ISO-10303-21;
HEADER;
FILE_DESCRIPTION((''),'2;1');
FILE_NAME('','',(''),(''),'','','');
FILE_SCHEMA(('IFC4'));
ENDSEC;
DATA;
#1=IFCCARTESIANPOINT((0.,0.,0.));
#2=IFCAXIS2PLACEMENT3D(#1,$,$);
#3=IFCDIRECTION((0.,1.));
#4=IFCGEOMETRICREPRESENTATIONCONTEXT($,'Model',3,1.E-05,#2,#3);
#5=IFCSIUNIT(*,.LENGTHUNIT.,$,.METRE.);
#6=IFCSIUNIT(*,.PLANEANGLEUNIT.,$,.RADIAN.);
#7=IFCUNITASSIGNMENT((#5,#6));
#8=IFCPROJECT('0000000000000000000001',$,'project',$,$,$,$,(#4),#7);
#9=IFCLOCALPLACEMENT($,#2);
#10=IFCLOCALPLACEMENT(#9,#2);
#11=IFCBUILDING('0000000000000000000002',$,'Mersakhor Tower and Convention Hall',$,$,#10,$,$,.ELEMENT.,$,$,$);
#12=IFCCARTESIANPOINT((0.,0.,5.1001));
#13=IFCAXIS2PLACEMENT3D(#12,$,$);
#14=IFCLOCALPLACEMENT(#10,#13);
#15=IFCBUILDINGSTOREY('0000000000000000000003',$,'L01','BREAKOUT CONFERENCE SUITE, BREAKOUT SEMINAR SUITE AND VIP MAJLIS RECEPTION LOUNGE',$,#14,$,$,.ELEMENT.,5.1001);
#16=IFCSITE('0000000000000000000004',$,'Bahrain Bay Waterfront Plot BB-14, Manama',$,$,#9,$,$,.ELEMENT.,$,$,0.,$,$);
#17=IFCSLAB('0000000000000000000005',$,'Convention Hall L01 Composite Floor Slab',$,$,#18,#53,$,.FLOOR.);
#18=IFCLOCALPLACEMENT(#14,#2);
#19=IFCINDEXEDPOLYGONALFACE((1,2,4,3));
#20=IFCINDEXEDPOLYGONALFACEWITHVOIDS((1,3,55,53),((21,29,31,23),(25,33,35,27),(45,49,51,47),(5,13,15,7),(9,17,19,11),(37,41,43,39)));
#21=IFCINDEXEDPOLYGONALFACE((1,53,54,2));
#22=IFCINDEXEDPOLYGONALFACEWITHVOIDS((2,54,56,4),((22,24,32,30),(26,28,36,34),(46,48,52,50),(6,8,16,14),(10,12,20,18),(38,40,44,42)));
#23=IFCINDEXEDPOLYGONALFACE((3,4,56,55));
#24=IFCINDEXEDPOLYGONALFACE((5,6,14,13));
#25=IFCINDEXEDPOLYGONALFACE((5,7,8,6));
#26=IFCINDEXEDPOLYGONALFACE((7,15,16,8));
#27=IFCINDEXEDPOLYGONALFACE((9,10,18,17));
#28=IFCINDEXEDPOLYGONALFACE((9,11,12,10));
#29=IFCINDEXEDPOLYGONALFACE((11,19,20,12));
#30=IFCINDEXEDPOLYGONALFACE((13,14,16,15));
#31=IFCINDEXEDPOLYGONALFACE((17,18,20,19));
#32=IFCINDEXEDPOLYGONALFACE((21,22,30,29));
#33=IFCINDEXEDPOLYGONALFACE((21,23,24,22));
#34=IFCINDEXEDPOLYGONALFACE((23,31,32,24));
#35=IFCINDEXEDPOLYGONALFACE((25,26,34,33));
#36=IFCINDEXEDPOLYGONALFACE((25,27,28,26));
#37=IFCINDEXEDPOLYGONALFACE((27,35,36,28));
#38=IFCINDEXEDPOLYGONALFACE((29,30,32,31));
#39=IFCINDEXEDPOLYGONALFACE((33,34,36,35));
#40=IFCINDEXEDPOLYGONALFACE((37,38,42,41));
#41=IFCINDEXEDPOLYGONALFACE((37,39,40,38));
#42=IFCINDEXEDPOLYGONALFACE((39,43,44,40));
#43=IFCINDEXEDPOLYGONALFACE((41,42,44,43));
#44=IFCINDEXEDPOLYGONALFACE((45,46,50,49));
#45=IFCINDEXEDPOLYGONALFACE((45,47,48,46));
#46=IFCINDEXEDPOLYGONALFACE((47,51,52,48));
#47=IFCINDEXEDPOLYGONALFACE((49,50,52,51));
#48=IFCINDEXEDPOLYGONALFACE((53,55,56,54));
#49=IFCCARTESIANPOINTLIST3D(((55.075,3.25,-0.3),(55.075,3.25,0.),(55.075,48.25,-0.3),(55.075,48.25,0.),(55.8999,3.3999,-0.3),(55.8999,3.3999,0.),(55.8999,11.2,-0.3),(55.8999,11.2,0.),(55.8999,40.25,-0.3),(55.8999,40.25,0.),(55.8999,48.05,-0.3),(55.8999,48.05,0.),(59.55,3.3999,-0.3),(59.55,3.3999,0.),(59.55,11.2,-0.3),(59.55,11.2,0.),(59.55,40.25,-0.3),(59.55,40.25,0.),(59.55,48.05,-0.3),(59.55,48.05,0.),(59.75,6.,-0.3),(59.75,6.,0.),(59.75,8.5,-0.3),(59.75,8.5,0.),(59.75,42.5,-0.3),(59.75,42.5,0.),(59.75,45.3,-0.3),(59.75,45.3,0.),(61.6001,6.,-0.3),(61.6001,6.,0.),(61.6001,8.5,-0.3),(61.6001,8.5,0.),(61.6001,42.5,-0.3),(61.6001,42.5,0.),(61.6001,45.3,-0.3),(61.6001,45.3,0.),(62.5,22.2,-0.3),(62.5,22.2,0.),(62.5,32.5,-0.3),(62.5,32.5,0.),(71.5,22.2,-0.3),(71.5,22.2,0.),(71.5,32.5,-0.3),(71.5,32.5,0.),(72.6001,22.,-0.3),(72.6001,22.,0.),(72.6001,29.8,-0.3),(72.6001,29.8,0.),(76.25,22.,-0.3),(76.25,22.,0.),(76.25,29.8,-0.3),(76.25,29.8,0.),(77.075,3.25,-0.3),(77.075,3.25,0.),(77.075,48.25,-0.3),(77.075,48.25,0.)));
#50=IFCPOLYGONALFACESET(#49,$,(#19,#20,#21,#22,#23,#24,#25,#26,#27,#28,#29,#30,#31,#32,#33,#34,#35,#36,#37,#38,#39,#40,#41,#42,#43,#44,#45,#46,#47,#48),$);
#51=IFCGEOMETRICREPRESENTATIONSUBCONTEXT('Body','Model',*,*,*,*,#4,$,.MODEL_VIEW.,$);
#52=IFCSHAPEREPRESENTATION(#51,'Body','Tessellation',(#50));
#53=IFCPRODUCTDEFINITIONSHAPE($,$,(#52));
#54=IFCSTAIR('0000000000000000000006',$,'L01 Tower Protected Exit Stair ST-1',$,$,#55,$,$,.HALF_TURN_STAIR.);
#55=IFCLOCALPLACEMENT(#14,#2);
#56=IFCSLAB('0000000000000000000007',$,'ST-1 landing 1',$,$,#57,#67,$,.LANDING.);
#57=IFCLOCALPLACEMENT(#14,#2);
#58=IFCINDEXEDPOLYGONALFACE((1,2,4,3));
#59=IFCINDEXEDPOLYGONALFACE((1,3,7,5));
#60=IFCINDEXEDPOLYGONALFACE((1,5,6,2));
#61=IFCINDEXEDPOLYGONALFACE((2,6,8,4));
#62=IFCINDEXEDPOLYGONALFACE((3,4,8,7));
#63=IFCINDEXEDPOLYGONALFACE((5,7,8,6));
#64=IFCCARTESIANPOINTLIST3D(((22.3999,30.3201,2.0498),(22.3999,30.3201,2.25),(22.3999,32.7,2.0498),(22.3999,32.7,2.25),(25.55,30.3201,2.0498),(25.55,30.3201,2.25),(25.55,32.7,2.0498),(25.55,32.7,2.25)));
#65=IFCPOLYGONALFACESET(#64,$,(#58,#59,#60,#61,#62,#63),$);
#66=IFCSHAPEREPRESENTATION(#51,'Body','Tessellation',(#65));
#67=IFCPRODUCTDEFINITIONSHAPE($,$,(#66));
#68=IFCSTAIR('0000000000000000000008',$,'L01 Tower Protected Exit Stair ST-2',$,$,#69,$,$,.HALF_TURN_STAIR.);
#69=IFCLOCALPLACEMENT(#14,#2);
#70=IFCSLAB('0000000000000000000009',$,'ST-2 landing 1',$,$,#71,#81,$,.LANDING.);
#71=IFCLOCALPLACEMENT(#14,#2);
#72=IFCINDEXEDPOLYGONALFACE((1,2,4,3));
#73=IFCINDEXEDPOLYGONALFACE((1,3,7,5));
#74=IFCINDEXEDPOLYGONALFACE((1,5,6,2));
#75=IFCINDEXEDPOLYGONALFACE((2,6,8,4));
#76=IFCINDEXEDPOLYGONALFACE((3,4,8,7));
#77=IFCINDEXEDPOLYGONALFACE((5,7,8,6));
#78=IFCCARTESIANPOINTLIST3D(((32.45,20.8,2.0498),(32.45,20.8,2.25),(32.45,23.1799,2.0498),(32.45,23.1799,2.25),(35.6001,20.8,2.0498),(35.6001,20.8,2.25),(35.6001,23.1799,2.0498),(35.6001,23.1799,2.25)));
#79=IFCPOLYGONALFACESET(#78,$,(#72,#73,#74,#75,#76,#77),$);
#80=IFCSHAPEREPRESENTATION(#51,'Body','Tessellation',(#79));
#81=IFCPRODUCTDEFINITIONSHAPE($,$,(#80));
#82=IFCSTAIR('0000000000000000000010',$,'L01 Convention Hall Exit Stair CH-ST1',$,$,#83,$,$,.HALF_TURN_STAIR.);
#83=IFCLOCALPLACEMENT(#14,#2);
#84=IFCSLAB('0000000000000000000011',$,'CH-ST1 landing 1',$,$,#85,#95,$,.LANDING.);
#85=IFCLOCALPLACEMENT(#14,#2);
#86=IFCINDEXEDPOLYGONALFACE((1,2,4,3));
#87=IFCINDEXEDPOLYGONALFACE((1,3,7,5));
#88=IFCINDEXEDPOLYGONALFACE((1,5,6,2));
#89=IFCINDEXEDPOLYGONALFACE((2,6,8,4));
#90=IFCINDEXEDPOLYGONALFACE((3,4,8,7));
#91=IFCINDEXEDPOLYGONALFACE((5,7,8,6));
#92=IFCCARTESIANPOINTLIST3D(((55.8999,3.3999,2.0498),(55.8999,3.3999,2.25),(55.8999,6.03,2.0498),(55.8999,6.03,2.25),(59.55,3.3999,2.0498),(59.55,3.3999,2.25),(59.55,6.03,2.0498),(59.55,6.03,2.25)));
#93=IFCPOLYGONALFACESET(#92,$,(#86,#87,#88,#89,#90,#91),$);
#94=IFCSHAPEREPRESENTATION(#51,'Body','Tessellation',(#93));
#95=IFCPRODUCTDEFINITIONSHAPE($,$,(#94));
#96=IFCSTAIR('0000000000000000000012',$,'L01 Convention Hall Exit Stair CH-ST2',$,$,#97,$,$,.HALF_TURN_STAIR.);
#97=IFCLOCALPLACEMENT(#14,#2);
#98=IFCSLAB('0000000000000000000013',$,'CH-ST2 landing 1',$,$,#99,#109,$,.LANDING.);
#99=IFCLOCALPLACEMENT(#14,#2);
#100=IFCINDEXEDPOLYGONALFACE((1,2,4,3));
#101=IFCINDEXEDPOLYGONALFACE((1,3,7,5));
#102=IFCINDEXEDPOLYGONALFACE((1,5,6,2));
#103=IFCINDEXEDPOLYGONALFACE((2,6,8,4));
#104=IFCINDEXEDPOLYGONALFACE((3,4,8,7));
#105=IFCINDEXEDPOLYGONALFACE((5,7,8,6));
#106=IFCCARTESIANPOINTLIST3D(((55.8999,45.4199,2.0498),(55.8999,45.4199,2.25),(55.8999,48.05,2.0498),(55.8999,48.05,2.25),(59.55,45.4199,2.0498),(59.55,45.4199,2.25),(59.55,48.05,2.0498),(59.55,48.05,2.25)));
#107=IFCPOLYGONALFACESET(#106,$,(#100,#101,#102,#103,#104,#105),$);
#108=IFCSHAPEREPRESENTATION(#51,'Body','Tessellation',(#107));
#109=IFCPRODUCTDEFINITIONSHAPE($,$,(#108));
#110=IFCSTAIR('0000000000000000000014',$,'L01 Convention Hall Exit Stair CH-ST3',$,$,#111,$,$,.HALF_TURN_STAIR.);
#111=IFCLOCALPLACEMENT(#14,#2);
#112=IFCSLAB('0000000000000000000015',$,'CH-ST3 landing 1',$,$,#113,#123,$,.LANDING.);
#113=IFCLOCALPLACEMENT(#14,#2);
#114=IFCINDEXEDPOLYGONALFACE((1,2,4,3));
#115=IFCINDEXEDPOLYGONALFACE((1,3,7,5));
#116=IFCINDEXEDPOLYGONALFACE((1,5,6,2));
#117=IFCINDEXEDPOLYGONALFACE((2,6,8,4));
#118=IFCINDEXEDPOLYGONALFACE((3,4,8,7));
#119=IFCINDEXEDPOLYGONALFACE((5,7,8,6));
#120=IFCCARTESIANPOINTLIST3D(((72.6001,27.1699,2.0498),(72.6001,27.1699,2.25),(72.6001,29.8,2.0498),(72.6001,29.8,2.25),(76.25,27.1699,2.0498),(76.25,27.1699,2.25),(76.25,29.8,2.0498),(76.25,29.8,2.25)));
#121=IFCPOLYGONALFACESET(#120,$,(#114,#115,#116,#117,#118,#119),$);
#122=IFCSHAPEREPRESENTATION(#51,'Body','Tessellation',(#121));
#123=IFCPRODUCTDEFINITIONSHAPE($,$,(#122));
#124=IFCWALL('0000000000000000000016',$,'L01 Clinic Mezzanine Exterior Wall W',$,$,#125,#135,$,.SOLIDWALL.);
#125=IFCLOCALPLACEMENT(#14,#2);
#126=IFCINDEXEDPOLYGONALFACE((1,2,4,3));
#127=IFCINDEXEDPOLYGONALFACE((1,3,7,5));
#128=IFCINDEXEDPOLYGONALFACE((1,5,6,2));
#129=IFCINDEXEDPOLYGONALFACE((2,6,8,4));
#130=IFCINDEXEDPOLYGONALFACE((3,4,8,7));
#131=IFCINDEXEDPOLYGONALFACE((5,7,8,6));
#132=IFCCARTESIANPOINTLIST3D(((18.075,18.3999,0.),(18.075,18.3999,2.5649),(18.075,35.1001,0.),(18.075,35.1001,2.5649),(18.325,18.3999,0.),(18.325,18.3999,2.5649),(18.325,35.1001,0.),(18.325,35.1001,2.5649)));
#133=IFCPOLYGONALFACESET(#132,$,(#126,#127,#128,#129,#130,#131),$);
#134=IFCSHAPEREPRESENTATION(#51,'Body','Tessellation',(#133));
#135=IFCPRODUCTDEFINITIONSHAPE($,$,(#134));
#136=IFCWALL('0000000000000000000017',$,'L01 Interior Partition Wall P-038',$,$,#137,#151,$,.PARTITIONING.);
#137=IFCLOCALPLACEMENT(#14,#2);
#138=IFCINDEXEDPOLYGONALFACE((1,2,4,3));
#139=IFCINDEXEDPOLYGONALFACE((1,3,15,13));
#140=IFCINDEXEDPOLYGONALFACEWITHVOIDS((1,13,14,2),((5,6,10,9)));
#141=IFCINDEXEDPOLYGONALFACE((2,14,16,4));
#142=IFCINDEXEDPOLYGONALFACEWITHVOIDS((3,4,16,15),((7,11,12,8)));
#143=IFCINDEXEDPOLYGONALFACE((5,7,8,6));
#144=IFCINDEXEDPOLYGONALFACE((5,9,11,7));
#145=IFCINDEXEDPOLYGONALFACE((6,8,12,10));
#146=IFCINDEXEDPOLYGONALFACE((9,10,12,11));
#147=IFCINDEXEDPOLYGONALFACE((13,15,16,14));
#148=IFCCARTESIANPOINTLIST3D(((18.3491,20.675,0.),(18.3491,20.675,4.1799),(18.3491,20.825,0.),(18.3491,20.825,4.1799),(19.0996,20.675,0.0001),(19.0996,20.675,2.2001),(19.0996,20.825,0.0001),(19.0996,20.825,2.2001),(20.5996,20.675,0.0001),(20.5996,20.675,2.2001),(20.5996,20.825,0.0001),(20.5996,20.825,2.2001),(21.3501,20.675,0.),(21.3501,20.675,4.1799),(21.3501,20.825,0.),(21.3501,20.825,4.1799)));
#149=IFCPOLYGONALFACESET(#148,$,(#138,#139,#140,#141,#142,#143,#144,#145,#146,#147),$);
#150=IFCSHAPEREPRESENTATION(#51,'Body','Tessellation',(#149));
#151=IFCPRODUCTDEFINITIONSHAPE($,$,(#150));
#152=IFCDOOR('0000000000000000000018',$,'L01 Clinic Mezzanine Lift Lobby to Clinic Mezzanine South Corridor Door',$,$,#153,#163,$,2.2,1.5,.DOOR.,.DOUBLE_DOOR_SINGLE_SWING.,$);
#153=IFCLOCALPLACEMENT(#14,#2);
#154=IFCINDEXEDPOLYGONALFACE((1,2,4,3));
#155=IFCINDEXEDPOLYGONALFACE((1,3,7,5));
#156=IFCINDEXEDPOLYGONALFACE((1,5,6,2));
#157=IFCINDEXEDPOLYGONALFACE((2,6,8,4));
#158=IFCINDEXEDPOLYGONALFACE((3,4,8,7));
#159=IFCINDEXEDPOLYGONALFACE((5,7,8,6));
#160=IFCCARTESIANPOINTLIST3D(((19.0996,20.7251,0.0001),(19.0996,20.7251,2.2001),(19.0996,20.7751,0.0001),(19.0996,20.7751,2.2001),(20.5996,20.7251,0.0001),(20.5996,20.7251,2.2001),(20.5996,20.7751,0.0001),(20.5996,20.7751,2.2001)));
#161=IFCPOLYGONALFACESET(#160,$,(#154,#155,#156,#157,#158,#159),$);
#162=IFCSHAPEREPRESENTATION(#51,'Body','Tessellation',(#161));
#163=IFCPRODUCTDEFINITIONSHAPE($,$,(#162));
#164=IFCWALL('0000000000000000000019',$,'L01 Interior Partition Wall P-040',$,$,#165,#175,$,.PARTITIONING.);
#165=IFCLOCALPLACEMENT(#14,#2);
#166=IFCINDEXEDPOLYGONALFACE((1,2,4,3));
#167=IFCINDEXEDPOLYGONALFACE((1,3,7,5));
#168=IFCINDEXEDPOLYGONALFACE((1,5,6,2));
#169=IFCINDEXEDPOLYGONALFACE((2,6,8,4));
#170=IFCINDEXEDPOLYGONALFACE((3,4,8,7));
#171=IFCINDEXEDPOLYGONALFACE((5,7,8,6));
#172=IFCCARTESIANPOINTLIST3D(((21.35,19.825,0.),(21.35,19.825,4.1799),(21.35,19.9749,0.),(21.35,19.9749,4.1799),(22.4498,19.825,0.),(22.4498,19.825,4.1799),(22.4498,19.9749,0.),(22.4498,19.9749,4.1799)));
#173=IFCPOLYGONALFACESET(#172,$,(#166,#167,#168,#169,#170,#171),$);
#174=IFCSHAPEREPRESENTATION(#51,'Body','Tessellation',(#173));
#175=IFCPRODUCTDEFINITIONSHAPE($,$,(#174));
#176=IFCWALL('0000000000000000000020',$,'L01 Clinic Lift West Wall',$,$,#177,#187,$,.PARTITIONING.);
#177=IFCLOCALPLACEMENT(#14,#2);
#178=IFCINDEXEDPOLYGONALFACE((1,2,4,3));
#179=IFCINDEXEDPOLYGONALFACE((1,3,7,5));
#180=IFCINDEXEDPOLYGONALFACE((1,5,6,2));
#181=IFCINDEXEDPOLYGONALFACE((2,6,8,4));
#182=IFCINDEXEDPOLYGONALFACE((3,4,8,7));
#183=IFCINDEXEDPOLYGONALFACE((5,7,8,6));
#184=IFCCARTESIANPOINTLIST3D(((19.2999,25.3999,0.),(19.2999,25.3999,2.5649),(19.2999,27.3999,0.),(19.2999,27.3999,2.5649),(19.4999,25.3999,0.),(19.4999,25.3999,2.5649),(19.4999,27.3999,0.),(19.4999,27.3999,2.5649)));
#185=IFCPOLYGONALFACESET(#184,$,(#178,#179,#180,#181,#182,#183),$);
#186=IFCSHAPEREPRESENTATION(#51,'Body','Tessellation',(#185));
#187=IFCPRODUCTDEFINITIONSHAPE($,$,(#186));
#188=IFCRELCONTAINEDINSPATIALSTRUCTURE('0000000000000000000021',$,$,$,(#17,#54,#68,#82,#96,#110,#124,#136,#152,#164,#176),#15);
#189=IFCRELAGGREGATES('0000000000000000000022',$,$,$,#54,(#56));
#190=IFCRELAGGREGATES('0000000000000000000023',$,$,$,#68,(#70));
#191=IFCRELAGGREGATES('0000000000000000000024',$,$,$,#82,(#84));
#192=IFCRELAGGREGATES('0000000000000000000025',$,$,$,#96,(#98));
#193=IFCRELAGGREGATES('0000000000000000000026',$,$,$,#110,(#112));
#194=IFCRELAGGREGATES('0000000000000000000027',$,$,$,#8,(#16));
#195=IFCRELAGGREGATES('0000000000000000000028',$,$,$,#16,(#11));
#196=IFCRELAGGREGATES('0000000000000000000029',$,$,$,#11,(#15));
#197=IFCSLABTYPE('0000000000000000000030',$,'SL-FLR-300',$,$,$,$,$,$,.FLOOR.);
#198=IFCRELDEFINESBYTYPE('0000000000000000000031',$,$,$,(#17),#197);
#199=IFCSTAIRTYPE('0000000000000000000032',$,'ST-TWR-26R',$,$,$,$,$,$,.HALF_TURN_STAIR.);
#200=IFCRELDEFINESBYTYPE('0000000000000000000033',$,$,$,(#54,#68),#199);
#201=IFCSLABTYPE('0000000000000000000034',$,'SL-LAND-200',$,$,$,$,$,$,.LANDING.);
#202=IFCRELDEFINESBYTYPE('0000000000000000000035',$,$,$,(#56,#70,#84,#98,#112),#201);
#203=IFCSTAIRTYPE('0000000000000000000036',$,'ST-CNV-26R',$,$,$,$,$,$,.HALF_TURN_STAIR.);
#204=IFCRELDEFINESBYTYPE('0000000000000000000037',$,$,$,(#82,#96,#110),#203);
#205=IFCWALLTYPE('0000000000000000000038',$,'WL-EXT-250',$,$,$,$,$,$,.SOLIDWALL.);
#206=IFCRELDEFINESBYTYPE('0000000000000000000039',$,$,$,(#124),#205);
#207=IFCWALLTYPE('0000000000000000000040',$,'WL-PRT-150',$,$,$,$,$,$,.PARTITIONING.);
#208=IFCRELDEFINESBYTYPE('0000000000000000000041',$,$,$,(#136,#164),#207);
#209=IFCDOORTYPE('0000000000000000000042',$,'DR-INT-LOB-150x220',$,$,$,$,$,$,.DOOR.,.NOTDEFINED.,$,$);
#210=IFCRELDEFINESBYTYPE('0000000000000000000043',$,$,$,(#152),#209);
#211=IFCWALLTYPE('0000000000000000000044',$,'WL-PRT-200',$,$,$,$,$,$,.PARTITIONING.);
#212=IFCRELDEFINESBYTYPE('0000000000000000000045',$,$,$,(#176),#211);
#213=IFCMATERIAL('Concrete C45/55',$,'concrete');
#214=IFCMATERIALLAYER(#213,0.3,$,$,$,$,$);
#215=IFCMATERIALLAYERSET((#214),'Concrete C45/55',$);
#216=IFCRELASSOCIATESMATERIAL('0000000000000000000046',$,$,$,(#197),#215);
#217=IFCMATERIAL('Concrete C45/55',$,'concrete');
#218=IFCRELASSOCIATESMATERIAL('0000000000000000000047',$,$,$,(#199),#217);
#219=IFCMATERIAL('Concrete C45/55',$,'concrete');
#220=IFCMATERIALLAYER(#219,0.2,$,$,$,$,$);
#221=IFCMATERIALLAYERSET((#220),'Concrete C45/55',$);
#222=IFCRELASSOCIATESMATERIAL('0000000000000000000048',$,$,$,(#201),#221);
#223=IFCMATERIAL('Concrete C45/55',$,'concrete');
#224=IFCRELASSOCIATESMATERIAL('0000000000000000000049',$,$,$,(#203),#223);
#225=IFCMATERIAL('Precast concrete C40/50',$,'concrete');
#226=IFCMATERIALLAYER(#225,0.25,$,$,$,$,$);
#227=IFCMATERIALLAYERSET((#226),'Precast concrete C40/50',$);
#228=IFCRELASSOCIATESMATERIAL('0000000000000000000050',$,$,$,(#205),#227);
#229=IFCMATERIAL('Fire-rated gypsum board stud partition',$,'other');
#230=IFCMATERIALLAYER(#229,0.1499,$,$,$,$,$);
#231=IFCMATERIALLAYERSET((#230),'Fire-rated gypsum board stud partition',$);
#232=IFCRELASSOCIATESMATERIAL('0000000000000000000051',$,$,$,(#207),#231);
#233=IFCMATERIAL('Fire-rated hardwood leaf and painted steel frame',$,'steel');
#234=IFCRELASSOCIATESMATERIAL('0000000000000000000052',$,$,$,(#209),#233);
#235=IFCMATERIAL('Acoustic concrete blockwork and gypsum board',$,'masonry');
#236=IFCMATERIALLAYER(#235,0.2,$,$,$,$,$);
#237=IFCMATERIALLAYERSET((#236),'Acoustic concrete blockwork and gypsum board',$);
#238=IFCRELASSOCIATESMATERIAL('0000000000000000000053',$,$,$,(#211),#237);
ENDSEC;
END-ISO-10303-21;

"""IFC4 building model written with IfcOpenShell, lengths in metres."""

from ifc_helpers import new_model, si_unit, direction, frame, frame_2d, origin, place, context, subcontext, project, spatial, polyline, rectangle, outline, extrude, material, layer, layer_set, type_object, element, fill, aggregate, save


model = new_model("IFC4")

# Units and contexts
model_context = context("Model", 3, precision=1e-05, world=origin(), true_north=direction((0.0, 1.0)))
body_context = subcontext(model_context, "Body", "Model", "MODEL_VIEW")
ifc_project = project(units=[si_unit("LENGTHUNIT", "METRE"), si_unit("PLANEANGLEUNIT", "RADIAN")], contexts=[model_context])

# Site, building, storey
site_placement = place(None, origin())
site = spatial("IfcSite", under=ifc_project, at=site_placement, Name="Bahrain Bay Waterfront Plot BB-14, Manama", CompositionType="ELEMENT", RefElevation=0.0)
building_placement = place(site_placement, origin())
building = spatial("IfcBuilding", under=site, at=building_placement, Name="Mersakhor Tower and Convention Hall", CompositionType="ELEMENT")
storey_placement = place(building_placement, frame((0.0, 0.0, 5.1001)))
storey = spatial("IfcBuildingStorey", under=building, at=storey_placement, Name="L01", Description="BREAKOUT CONFERENCE SUITE, BREAKOUT SEMINAR SUITE AND VIP MAJLIS RECEPTION LOUNGE", CompositionType="ELEMENT", Elevation=5.1001)

# Slab
ifc_material_1 = material(Name="Concrete C45/55", Category="concrete")
ifc_layer_1 = layer(ifc_material_1, 0.3)
ifc_layer_set_1 = layer_set([ifc_layer_1], Name="Concrete C45/55")
slab_type_1 = type_object("IfcSlabType", Name="SL-FLR-300", PredefinedType="FLOOR", material=ifc_layer_set_1)
slab_1_placement = place(storey_placement, frame((0.0, 0.0, -0.3)))
element("IfcSlab", 1, at=slab_1_placement, inside=storey, type_object=slab_type_1, Name="Convention Hall L01 Composite Floor Slab", PredefinedType="FLOOR", context=body_context, shape_type="SweptSolid", body=[
    extrude(outline(polyline([(55.075, 3.25), (55.075, 48.25), (77.075, 48.25), (77.075, 3.25), (55.075, 3.25)]), holes=[polyline([(55.8999, 11.2), (55.8999, 3.3999), (59.55, 3.3999), (59.55, 11.2), (55.8999, 11.2)]), polyline([(59.55, 40.25), (59.55, 48.05), (55.8999, 48.05), (55.8999, 40.25), (59.55, 40.25)]), polyline([(76.25, 22.0), (76.25, 29.8), (72.6001, 29.8), (72.6001, 22.0), (76.25, 22.0)]), polyline([(62.5, 22.2), (62.5, 32.5), (71.5, 32.5), (71.5, 22.2), (62.5, 22.2)]), polyline([(59.75, 6.0), (59.75, 8.5), (61.6001, 8.5), (61.6001, 6.0), (59.75, 6.0)]), polyline([(59.75, 42.5), (59.75, 45.3), (61.6001, 45.3), (61.6001, 42.5), (59.75, 42.5)])]), origin(), (0.0, 0.0, 1.0), 0.3),
])

# Stairs, slabs
ifc_material_2 = material(Name="Concrete C45/55", Category="concrete")
stair_type_1 = type_object("IfcStairType", Name="ST-TWR-26R", PredefinedType="HALF_TURN_STAIR", material=ifc_material_2)
stair_1_placement = place(storey_placement, origin())
stair_1 = element("IfcStair", 2, at=stair_1_placement, inside=storey, type_object=stair_type_1, Name="L01 Tower Protected Exit Stair ST-1", PredefinedType="HALF_TURN_STAIR")
ifc_material_3 = material(Name="Concrete C45/55", Category="concrete")
ifc_layer_2 = layer(ifc_material_3, 0.2)
ifc_layer_set_2 = layer_set([ifc_layer_2], Name="Concrete C45/55")
slab_type_2 = type_object("IfcSlabType", Name="SL-LAND-200", PredefinedType="LANDING", material=ifc_layer_set_2)
slab_2_placement = place(storey_placement, frame((0.0, 0.0, 2.0498)))
slab_2 = element("IfcSlab", 3, at=slab_2_placement, type_object=slab_type_2, Name="ST-1 landing 1", PredefinedType="LANDING", context=body_context, shape_type="SweptSolid", body=[
    extrude(outline(polyline([(25.55, 30.3201), (25.55, 32.7), (22.3999, 32.7), (22.3999, 30.3201), (25.55, 30.3201)])), origin(), (0.0, 0.0, 1.0), 0.2002),
])
aggregate(stair_1, [slab_2])
stair_2_placement = place(storey_placement, origin())
stair_2 = element("IfcStair", 4, at=stair_2_placement, inside=storey, type_object=stair_type_1, Name="L01 Tower Protected Exit Stair ST-2", PredefinedType="HALF_TURN_STAIR")
slab_3_placement = place(storey_placement, frame((0.0, 0.0, 2.0498)))
slab_3 = element("IfcSlab", 5, at=slab_3_placement, type_object=slab_type_2, Name="ST-2 landing 1", PredefinedType="LANDING", context=body_context, shape_type="SweptSolid", body=[
    extrude(outline(polyline([(32.45, 23.1799), (32.45, 20.8), (35.6001, 20.8), (35.6001, 23.1799), (32.45, 23.1799)])), origin(), (0.0, 0.0, 1.0), 0.2002),
])
aggregate(stair_2, [slab_3])
ifc_material_4 = material(Name="Concrete C45/55", Category="concrete")
stair_type_2 = type_object("IfcStairType", Name="ST-CNV-26R", PredefinedType="HALF_TURN_STAIR", material=ifc_material_4)
stair_3_placement = place(storey_placement, origin())
stair_3 = element("IfcStair", 6, at=stair_3_placement, inside=storey, type_object=stair_type_2, Name="L01 Convention Hall Exit Stair CH-ST1", PredefinedType="HALF_TURN_STAIR")
slab_4_placement = place(storey_placement, frame((0.0, 0.0, 2.0498)))
slab_4 = element("IfcSlab", 7, at=slab_4_placement, type_object=slab_type_2, Name="CH-ST1 landing 1", PredefinedType="LANDING", context=body_context, shape_type="SweptSolid", body=[
    extrude(outline(polyline([(55.8999, 6.03), (55.8999, 3.3999), (59.55, 3.3999), (59.55, 6.03), (55.8999, 6.03)])), origin(), (0.0, 0.0, 1.0), 0.2002),
])
aggregate(stair_3, [slab_4])
stair_4_placement = place(storey_placement, origin())
stair_4 = element("IfcStair", 8, at=stair_4_placement, inside=storey, type_object=stair_type_2, Name="L01 Convention Hall Exit Stair CH-ST2", PredefinedType="HALF_TURN_STAIR")
slab_5_placement = place(storey_placement, frame((0.0, 0.0, 2.0498)))
slab_5 = element("IfcSlab", 9, at=slab_5_placement, type_object=slab_type_2, Name="CH-ST2 landing 1", PredefinedType="LANDING", context=body_context, shape_type="SweptSolid", body=[
    extrude(outline(polyline([(59.55, 45.4199), (59.55, 48.05), (55.8999, 48.05), (55.8999, 45.4199), (59.55, 45.4199)])), origin(), (0.0, 0.0, 1.0), 0.2002),
])
aggregate(stair_4, [slab_5])
stair_5_placement = place(storey_placement, origin())
stair_5 = element("IfcStair", 10, at=stair_5_placement, inside=storey, type_object=stair_type_2, Name="L01 Convention Hall Exit Stair CH-ST3", PredefinedType="HALF_TURN_STAIR")
slab_6_placement = place(storey_placement, frame((0.0, 0.0, 2.0498)))
slab_6 = element("IfcSlab", 11, at=slab_6_placement, type_object=slab_type_2, Name="CH-ST3 landing 1", PredefinedType="LANDING", context=body_context, shape_type="SweptSolid", body=[
    extrude(outline(polyline([(76.25, 27.1699), (76.25, 29.8), (72.6001, 29.8), (72.6001, 27.1699), (76.25, 27.1699)])), origin(), (0.0, 0.0, 1.0), 0.2002),
])
aggregate(stair_5, [slab_6])

# Wall
ifc_material_5 = material(Name="Precast concrete C40/50", Category="concrete")
ifc_layer_3 = layer(ifc_material_5, 0.25)
ifc_layer_set_3 = layer_set([ifc_layer_3], Name="Precast concrete C40/50")
wall_type_1 = type_object("IfcWallType", Name="WL-EXT-250", PredefinedType="SOLIDWALL", material=ifc_layer_set_3)
wall_1_placement = place(storey_placement, frame((18.2, 18.3999, 0.0), z_axis=(0.0, 0.0, 1.0), x_axis=(0.0, 1.0, 0.0)))
element("IfcWall", 12, at=wall_1_placement, inside=storey, type_object=wall_type_1, Name="L01 Clinic Mezzanine Exterior Wall W", PredefinedType="SOLIDWALL", context=body_context, shape_type="SweptSolid", body=[
    extrude(rectangle(XDim=16.7002, YDim=0.25, at=frame_2d((8.3501, 0.0))), origin(), (0.0, 0.0, 1.0), 2.5649),
])

# Wall, opening, door
ifc_material_6 = material(Name="Fire-rated gypsum board stud partition", Category="other")
ifc_layer_4 = layer(ifc_material_6, 0.1499)
ifc_layer_set_4 = layer_set([ifc_layer_4], Name="Fire-rated gypsum board stud partition")
wall_type_2 = type_object("IfcWallType", Name="WL-PRT-150", PredefinedType="PARTITIONING", material=ifc_layer_set_4)
wall_2_placement = place(storey_placement, frame((21.3501, 20.75, 0.0), z_axis=(0.0, 0.0, 1.0), x_axis=(-1.0, 0.0, 0.0)))
wall_2 = element("IfcWall", 13, at=wall_2_placement, inside=storey, type_object=wall_type_2, Name="L01 Interior Partition Wall P-038", PredefinedType="PARTITIONING", context=body_context, shape_type="SweptSolid", body=[
    extrude(rectangle(XDim=3.001, YDim=0.1499, at=frame_2d((1.5005, 0.0))), origin(), (0.0, 0.0, 1.0), 4.1799),
])
opening_placement = place(wall_2_placement, frame((0.7505, 0.0, 0.0)))
opening = element("IfcOpeningElement", 14, at=opening_placement, cuts=wall_2, PredefinedType="OPENING", context=body_context, shape_type="SweptSolid", body=[
    extrude(rectangle(XDim=1.5, YDim=2.2, at=frame_2d((0.75, 1.1001))), frame((0.0, 0.085, 0.0), z_axis=(0.0, -1.0, 0.0), x_axis=(1.0, 0.0, 0.0)), (0.0, 0.0, 1.0), 0.1699),
])
ifc_material_7 = material(Name="Fire-rated hardwood leaf and painted steel frame", Category="steel")
door_type = type_object("IfcDoorType", Name="DR-INT-LOB-150x220", OperationType="NOTDEFINED", PredefinedType="DOOR", material=ifc_material_7)
door_placement = place(opening_placement, origin())
door = element("IfcDoor", 15, at=door_placement, inside=storey, type_object=door_type, Name="L01 Clinic Mezzanine Lift Lobby to Clinic Mezzanine South Corridor Door", OperationType="DOUBLE_DOOR_SINGLE_SWING", OverallHeight=2.2, OverallWidth=1.5, PredefinedType="DOOR", context=body_context, shape_type="SweptSolid", body=[
    extrude(rectangle(XDim=1.5, YDim=2.2, at=frame_2d((0.75, 1.1001))), frame((0.0, 0.0249, 0.0), z_axis=(0.0, -1.0, 0.0), x_axis=(1.0, 0.0, 0.0)), (0.0, 0.0, 1.0), 0.05),
])
fill(opening, door)

# Walls
wall_3_placement = place(storey_placement, frame((21.3501, 19.8999, 0.0), z_axis=(0.0, 0.0, 1.0), x_axis=(1.0, 0.0, 0.0)))
element("IfcWall", 16, at=wall_3_placement, inside=storey, type_object=wall_type_2, Name="L01 Interior Partition Wall P-040", PredefinedType="PARTITIONING", context=body_context, shape_type="SweptSolid", body=[
    extrude(rectangle(XDim=1.0999, YDim=0.1499, at=frame_2d((0.5498, 0.0))), origin(), (0.0, 0.0, 1.0), 4.1799),
])
ifc_material_8 = material(Name="Acoustic concrete blockwork and gypsum board", Category="masonry")
ifc_layer_5 = layer(ifc_material_8, 0.2)
ifc_layer_set_5 = layer_set([ifc_layer_5], Name="Acoustic concrete blockwork and gypsum board")
wall_type_3 = type_object("IfcWallType", Name="WL-PRT-200", PredefinedType="PARTITIONING", material=ifc_layer_set_5)
wall_4_placement = place(storey_placement, frame((19.3999, 25.3999, 0.0), z_axis=(0.0, 0.0, 1.0), x_axis=(0.0, 1.0, 0.0)))
element("IfcWall", 17, at=wall_4_placement, inside=storey, type_object=wall_type_3, Name="L01 Clinic Lift West Wall", PredefinedType="PARTITIONING", context=body_context, shape_type="SweptSolid", body=[
    extrude(rectangle(XDim=2.0, YDim=0.2, at=frame_2d((1.0, 0.0))), origin(), (0.0, 0.0, 1.0), 2.5649),
])

save(model, "model.ifc")
